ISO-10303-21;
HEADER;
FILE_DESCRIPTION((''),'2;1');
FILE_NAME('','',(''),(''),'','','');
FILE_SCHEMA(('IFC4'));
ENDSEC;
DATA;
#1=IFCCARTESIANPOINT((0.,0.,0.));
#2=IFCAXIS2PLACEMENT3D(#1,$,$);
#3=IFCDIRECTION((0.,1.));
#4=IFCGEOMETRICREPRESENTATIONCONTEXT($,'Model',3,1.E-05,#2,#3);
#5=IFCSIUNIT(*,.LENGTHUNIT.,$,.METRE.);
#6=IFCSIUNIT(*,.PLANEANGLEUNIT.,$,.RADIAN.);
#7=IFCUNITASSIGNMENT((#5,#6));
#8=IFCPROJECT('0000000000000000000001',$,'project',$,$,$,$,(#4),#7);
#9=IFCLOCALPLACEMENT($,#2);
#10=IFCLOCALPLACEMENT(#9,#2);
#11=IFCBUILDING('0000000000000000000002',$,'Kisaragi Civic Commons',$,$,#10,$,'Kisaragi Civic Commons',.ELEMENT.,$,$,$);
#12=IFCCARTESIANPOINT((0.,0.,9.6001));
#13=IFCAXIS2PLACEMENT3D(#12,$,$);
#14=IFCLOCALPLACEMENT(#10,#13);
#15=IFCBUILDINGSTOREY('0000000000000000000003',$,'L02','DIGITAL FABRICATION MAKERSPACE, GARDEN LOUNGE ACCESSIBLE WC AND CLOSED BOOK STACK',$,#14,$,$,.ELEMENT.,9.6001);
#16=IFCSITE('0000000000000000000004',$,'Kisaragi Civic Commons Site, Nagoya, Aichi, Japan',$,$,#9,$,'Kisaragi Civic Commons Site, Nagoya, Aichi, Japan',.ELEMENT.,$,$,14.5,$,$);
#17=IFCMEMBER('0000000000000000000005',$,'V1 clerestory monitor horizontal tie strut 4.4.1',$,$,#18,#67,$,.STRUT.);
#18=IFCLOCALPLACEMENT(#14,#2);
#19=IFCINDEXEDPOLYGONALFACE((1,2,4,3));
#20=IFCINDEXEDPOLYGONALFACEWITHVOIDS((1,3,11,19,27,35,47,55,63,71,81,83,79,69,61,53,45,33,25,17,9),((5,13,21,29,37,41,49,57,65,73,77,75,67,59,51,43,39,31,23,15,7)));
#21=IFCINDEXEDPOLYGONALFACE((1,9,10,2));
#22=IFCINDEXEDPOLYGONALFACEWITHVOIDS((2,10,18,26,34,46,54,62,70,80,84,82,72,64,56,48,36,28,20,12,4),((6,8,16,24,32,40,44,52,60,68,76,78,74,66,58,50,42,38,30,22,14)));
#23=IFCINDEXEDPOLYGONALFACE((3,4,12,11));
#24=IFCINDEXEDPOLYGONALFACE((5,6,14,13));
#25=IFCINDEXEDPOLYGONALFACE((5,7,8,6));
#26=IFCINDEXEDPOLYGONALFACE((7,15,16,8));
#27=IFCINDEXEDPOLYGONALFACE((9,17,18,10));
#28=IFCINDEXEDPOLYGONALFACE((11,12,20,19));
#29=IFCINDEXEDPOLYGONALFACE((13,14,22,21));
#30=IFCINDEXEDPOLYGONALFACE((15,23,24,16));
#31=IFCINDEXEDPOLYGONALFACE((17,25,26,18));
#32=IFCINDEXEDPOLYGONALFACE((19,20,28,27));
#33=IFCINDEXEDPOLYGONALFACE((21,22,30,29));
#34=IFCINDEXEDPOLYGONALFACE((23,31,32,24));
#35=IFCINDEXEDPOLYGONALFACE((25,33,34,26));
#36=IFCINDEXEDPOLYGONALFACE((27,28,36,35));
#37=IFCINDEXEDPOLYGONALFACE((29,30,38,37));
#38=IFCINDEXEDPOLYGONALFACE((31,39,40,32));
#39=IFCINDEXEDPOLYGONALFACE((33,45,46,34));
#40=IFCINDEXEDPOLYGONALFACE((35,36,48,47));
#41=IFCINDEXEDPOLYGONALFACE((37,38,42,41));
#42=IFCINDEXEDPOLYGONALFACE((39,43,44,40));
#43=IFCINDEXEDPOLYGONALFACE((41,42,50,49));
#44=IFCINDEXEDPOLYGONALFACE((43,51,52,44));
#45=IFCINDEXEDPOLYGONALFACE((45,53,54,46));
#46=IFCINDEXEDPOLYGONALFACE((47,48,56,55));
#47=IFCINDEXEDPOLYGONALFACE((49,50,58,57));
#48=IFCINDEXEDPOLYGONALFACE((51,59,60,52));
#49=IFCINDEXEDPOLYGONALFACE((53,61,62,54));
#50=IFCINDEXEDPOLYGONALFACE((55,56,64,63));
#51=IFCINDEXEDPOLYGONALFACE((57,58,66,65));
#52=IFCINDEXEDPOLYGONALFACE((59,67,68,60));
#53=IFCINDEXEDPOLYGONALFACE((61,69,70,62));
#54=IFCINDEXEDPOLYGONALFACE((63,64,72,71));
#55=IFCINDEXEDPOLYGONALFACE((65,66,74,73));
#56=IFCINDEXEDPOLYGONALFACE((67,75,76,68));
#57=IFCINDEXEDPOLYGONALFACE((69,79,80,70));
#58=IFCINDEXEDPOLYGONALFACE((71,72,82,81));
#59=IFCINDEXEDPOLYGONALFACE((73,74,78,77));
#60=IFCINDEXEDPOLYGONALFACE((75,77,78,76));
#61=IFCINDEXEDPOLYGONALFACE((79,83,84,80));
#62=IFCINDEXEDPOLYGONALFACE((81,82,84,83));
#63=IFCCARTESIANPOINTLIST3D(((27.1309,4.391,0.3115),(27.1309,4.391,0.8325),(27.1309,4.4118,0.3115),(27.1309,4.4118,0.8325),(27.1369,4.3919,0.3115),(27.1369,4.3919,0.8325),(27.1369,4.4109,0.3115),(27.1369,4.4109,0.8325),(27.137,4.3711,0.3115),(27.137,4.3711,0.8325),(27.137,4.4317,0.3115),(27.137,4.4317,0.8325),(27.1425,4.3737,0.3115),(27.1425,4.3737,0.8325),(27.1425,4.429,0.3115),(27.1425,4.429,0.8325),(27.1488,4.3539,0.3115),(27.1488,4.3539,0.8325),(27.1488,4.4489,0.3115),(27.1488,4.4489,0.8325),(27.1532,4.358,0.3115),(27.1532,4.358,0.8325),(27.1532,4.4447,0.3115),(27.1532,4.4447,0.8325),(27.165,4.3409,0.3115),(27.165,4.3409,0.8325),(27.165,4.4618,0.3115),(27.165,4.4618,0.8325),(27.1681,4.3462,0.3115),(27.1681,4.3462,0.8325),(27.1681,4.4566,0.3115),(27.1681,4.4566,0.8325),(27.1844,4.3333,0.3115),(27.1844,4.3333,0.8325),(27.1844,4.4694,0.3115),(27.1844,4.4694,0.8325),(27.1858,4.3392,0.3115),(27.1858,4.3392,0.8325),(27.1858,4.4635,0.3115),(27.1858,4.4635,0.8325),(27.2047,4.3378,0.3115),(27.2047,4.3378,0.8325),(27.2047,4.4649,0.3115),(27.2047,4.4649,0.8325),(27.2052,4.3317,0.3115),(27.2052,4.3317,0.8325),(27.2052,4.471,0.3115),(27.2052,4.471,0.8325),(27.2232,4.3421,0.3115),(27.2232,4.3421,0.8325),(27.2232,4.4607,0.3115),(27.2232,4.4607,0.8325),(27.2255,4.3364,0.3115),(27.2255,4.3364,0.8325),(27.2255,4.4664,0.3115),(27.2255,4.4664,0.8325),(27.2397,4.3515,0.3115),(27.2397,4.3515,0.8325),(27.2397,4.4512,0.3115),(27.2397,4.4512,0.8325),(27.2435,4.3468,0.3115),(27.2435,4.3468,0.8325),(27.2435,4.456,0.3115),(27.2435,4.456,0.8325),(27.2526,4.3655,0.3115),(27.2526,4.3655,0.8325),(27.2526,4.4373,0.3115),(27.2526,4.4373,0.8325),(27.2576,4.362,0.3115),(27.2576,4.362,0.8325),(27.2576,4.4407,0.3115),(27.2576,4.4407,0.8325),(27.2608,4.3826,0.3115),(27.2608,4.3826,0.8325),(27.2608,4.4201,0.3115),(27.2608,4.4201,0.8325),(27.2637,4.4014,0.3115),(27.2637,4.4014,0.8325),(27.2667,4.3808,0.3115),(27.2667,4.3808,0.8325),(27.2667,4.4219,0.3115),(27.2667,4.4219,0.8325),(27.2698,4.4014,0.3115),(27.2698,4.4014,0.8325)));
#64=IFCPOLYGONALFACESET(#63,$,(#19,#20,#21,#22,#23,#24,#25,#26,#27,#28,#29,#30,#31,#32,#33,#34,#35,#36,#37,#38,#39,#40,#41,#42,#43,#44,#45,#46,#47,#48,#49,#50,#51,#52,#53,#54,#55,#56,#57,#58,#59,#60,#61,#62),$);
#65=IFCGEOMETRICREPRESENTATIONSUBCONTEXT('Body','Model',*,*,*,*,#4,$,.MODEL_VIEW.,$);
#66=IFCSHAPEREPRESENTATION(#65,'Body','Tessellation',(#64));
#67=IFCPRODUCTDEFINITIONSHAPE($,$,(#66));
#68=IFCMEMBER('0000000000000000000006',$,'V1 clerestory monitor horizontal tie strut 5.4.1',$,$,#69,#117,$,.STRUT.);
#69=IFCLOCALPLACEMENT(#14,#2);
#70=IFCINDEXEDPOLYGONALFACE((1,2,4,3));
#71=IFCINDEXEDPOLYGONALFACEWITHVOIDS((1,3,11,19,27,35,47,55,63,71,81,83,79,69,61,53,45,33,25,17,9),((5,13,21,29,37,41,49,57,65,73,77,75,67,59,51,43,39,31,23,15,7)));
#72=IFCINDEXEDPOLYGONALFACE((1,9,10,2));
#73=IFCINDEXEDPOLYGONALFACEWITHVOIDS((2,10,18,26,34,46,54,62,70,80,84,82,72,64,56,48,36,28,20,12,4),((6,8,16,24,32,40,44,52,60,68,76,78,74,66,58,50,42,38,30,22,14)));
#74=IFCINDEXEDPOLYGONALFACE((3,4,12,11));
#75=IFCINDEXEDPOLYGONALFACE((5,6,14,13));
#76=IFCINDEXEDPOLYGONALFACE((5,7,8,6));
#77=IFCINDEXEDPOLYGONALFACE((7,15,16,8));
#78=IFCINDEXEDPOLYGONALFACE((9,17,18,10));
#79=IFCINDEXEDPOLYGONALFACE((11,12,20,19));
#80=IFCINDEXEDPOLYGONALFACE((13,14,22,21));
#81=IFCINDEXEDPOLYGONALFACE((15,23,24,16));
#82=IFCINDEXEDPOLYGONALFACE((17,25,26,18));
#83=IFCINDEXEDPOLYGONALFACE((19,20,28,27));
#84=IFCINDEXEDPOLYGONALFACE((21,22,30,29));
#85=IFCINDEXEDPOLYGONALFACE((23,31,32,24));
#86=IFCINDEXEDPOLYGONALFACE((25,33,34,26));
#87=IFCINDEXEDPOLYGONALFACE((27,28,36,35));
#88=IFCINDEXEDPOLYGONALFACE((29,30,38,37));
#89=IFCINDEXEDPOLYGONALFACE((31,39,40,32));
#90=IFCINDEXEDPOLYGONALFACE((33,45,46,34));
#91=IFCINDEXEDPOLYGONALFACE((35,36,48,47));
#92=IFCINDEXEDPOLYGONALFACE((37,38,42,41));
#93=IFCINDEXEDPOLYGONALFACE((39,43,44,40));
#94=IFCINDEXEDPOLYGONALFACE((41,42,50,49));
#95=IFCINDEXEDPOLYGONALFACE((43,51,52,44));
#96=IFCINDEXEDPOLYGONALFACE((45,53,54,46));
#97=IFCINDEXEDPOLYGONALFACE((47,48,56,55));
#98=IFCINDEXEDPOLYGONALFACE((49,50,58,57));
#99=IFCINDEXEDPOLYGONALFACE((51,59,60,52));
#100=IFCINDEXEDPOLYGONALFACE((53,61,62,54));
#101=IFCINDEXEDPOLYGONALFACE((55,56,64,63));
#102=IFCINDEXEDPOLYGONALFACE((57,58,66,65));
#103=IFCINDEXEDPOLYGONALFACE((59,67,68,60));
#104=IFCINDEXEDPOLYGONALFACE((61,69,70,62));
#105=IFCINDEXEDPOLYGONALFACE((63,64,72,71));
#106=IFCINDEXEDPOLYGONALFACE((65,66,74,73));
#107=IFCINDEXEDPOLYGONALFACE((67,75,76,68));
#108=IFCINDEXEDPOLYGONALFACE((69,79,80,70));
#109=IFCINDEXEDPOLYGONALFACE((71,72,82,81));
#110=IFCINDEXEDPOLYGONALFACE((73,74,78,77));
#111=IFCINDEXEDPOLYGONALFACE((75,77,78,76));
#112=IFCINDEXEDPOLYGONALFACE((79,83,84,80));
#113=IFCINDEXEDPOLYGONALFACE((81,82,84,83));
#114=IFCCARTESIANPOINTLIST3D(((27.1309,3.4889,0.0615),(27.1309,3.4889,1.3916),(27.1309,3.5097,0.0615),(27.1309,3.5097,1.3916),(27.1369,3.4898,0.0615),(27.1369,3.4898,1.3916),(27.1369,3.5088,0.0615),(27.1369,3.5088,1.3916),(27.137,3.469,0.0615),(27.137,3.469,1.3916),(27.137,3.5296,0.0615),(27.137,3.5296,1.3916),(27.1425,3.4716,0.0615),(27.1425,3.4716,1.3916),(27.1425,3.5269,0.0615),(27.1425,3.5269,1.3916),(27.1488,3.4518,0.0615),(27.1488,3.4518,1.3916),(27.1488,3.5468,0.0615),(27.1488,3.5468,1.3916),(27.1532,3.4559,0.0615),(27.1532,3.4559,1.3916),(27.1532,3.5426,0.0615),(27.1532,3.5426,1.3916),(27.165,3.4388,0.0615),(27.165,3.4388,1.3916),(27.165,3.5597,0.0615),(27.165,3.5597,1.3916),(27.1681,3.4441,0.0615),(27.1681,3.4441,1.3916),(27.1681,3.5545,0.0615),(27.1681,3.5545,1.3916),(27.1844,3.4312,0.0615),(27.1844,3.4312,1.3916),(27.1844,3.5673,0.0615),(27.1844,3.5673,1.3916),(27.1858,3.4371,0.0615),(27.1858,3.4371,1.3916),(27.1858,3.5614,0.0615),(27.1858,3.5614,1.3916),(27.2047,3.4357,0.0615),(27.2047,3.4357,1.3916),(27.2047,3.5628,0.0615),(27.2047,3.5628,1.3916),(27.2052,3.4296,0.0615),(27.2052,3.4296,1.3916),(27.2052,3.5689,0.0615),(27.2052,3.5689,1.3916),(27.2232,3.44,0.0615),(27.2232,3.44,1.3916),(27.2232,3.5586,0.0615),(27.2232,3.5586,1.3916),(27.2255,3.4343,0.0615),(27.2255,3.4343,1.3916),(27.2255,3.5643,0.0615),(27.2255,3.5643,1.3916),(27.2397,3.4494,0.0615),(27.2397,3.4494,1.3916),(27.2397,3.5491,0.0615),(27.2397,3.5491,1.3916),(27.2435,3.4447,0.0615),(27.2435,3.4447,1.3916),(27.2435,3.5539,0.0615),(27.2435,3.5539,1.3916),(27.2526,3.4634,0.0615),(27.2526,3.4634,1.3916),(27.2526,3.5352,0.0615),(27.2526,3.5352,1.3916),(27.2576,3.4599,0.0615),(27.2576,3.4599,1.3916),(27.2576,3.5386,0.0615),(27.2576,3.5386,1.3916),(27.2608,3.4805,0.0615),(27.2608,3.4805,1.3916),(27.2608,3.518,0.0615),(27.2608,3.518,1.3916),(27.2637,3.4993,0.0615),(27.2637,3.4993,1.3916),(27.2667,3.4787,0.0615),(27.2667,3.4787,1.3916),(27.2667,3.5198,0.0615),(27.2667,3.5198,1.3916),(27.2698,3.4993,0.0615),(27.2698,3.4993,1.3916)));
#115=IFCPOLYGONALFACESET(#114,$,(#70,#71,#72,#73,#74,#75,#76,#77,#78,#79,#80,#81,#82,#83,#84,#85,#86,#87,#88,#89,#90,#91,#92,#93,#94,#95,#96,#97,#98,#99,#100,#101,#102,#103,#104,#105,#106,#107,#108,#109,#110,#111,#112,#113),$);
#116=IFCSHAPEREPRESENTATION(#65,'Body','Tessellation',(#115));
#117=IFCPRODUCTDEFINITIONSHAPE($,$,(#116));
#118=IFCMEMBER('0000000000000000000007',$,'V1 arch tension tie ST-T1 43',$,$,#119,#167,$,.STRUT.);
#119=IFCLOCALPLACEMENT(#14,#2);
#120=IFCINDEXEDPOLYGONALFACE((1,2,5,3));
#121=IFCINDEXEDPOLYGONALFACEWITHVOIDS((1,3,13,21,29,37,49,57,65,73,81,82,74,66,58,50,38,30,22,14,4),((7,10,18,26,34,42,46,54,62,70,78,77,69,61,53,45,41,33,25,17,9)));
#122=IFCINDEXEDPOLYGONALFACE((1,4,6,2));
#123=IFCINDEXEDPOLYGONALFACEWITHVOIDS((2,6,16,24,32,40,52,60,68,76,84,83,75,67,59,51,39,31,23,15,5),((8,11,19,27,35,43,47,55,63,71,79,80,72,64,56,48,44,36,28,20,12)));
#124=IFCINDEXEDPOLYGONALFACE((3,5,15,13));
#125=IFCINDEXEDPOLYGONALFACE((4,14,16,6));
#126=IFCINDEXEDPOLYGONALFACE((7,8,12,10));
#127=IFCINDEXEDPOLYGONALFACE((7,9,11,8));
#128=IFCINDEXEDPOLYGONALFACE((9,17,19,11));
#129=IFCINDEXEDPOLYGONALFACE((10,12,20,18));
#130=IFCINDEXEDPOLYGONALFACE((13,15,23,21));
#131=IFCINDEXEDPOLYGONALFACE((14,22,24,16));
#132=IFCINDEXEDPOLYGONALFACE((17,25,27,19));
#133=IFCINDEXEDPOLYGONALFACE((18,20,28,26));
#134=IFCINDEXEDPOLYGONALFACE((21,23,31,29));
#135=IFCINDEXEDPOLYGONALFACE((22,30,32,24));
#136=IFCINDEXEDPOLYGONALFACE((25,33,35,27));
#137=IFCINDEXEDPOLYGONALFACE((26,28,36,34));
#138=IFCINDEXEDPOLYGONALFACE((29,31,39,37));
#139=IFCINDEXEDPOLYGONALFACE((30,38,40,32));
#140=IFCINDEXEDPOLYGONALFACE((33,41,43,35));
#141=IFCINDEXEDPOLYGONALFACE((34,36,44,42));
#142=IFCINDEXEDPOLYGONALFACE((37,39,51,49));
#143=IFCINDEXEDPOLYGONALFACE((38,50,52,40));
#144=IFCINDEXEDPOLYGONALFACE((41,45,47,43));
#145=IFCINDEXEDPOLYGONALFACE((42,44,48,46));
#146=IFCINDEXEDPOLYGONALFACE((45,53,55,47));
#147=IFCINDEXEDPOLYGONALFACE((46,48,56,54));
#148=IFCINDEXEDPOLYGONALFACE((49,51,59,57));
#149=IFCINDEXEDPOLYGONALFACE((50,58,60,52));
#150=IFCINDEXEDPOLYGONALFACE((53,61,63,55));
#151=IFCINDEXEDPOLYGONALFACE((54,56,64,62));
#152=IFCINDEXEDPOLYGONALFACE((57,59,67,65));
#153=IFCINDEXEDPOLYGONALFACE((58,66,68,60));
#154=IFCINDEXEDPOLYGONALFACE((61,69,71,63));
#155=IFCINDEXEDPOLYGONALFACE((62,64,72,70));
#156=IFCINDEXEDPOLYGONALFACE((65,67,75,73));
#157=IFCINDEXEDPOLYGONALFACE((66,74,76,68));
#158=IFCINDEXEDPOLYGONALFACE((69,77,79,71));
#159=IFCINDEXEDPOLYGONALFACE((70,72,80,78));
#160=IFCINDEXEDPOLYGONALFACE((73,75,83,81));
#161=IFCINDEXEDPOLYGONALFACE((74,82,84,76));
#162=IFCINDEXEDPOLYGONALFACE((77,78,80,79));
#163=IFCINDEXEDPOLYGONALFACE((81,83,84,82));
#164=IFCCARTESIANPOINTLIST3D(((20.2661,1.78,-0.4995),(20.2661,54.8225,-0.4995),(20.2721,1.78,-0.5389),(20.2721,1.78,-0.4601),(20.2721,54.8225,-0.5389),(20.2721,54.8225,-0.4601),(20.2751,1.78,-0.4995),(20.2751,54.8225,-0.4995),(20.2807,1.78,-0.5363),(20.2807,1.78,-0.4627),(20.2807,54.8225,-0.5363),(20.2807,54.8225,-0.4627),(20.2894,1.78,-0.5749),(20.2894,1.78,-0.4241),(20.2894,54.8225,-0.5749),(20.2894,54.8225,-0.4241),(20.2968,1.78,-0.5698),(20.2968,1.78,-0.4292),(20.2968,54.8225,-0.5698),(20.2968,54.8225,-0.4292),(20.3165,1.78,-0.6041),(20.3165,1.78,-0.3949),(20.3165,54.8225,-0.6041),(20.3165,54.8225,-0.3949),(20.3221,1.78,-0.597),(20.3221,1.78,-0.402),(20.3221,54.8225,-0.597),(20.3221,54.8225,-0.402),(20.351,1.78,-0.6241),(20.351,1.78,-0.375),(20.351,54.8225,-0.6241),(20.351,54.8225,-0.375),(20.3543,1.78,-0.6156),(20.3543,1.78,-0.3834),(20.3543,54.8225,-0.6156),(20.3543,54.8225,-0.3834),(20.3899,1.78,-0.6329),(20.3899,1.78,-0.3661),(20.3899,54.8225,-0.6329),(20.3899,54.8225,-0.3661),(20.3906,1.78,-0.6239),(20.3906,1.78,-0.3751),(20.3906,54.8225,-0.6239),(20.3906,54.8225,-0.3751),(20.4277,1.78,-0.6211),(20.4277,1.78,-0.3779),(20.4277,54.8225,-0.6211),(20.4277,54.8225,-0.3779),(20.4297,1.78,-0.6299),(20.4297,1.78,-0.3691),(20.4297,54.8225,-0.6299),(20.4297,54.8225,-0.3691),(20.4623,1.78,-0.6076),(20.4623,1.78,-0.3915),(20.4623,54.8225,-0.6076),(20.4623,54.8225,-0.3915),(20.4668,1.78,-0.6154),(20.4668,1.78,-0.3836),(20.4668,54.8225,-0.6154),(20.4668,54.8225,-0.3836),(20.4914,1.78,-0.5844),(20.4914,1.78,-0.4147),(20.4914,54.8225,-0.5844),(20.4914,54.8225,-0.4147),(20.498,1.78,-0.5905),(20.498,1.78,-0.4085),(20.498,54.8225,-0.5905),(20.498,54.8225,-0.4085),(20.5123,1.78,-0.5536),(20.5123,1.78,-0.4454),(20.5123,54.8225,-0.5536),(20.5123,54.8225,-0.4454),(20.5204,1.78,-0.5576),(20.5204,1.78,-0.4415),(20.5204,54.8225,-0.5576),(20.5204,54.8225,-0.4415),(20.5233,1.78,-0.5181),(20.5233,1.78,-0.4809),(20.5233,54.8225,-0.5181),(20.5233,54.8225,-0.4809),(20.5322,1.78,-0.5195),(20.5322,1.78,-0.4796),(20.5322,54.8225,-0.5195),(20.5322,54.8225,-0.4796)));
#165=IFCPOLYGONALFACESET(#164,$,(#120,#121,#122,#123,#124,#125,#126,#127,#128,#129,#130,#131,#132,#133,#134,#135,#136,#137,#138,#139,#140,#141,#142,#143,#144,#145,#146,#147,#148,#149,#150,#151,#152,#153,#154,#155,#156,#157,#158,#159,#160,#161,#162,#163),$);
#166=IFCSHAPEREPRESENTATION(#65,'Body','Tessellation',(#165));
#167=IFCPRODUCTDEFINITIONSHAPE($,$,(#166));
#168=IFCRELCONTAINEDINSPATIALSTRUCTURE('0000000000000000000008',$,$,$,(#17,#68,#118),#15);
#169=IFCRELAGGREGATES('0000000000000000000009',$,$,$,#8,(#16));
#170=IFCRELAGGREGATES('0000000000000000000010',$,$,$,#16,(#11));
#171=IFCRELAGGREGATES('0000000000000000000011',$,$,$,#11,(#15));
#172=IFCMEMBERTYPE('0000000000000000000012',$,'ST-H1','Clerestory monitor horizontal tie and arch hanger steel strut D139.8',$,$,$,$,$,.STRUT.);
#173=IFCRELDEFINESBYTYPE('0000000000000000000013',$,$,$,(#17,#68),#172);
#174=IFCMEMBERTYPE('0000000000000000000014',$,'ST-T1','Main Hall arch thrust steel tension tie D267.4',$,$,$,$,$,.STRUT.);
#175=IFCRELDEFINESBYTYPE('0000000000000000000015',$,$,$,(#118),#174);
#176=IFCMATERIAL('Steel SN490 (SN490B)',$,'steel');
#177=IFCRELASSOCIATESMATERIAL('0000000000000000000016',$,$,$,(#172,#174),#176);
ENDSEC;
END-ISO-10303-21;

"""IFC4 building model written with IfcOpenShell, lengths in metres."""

from ifc_helpers import new_model, si_unit, direction, frame, origin, origin_2d, place, context, subcontext, project, spatial, hollow_circle, extrude, material, material_profile, profile_set, type_object, element, save


model = new_model("IFC4")

# Units and contexts
model_context = context("Model", 3, precision=1e-05, world=origin(), true_north=direction((0.0, 1.0)))
body_context = subcontext(model_context, "Body", "Model", "MODEL_VIEW")
ifc_project = project(units=[si_unit("LENGTHUNIT", "METRE"), si_unit("PLANEANGLEUNIT", "RADIAN")], contexts=[model_context])

# Site, building, storey
site_placement = place(None, origin())
site = spatial("IfcSite", under=ifc_project, at=site_placement, Name="Kisaragi Civic Commons Site, Nagoya, Aichi, Japan", LongName="Kisaragi Civic Commons Site, Nagoya, Aichi, Japan", CompositionType="ELEMENT", RefElevation=14.5)
building_placement = place(site_placement, origin())
building = spatial("IfcBuilding", under=site, at=building_placement, Name="Kisaragi Civic Commons", LongName="Kisaragi Civic Commons", CompositionType="ELEMENT")
storey_placement = place(building_placement, frame((0.0, 0.0, 9.6001)))
storey = spatial("IfcBuildingStorey", under=building, at=storey_placement, Name="L02", Description="DIGITAL FABRICATION MAKERSPACE, GARDEN LOUNGE ACCESSIBLE WC AND CLOSED BOOK STACK", CompositionType="ELEMENT", Elevation=9.6001)

# Members
ifc_material_1 = material(Name="Steel SN490 (SN490B)", Category="steel")
ifc_material_profile_1 = material_profile(ifc_material_1, hollow_circle(Radius=0.0698, WallThickness=0.0061, at=origin_2d()), Name="CHS-139.8x6.0", Category="steel")
ifc_profile_set_1 = profile_set([ifc_material_profile_1], Name="Steel SN490 (SN490B)")
member_type_1 = type_object("IfcMemberType", Name="ST-H1", Description="Clerestory monitor horizontal tie and arch hanger steel strut D139.8", PredefinedType="STRUT", material=ifc_profile_set_1)
member_1_placement = place(storey_placement, frame((27.2, 4.4014, 0.3115), z_axis=(0.0, 0.0, 1.0), x_axis=(1.0, 0.0, 0.0)))
element("IfcMember", 1, at=member_1_placement, inside=storey, type_object=member_type_1, Name="V1 clerestory monitor horizontal tie strut 4.4.1", PredefinedType="STRUT", context=body_context, shape_type="SweptSolid", body=[
    extrude(hollow_circle(Radius=0.0698, WallThickness=0.0061, at=origin_2d()), origin(), (0.0, 0.0, 1.0), 0.521),
])
member_2_placement = place(storey_placement, frame((27.2, 3.4993, 0.0615), z_axis=(0.0, 0.0, 1.0), x_axis=(1.0, 0.0, 0.0)))
element("IfcMember", 2, at=member_2_placement, inside=storey, type_object=member_type_1, Name="V1 clerestory monitor horizontal tie strut 5.4.1", PredefinedType="STRUT", context=body_context, shape_type="SweptSolid", body=[
    extrude(hollow_circle(Radius=0.0698, WallThickness=0.0061, at=origin_2d()), origin(), (0.0, 0.0, 1.0), 1.3301),
])
ifc_material_profile_2 = material_profile(ifc_material_1, hollow_circle(Radius=0.1338, WallThickness=0.009, at=origin_2d()), Name="CHS-267.4x9.0", Category="steel")
ifc_profile_set_2 = profile_set([ifc_material_profile_2], Name="Steel SN490 (SN490B)")
member_type_2 = type_object("IfcMemberType", Name="ST-T1", Description="Main Hall arch thrust steel tension tie D267.4", PredefinedType="STRUT", material=ifc_profile_set_2)
member_3_placement = place(storey_placement, frame((20.3999, 1.78, -0.4995), z_axis=(0.0, 1.0, 0.0), x_axis=(-1.0, 0.0, 0.0)))
element("IfcMember", 3, at=member_3_placement, inside=storey, type_object=member_type_2, Name="V1 arch tension tie ST-T1 43", PredefinedType="STRUT", context=body_context, shape_type="SweptSolid", body=[
    extrude(hollow_circle(Radius=0.1338, WallThickness=0.009, at=origin_2d()), origin(), (0.0, 0.0, 1.0), 53.0425),
])

save(model, "model.ifc")
